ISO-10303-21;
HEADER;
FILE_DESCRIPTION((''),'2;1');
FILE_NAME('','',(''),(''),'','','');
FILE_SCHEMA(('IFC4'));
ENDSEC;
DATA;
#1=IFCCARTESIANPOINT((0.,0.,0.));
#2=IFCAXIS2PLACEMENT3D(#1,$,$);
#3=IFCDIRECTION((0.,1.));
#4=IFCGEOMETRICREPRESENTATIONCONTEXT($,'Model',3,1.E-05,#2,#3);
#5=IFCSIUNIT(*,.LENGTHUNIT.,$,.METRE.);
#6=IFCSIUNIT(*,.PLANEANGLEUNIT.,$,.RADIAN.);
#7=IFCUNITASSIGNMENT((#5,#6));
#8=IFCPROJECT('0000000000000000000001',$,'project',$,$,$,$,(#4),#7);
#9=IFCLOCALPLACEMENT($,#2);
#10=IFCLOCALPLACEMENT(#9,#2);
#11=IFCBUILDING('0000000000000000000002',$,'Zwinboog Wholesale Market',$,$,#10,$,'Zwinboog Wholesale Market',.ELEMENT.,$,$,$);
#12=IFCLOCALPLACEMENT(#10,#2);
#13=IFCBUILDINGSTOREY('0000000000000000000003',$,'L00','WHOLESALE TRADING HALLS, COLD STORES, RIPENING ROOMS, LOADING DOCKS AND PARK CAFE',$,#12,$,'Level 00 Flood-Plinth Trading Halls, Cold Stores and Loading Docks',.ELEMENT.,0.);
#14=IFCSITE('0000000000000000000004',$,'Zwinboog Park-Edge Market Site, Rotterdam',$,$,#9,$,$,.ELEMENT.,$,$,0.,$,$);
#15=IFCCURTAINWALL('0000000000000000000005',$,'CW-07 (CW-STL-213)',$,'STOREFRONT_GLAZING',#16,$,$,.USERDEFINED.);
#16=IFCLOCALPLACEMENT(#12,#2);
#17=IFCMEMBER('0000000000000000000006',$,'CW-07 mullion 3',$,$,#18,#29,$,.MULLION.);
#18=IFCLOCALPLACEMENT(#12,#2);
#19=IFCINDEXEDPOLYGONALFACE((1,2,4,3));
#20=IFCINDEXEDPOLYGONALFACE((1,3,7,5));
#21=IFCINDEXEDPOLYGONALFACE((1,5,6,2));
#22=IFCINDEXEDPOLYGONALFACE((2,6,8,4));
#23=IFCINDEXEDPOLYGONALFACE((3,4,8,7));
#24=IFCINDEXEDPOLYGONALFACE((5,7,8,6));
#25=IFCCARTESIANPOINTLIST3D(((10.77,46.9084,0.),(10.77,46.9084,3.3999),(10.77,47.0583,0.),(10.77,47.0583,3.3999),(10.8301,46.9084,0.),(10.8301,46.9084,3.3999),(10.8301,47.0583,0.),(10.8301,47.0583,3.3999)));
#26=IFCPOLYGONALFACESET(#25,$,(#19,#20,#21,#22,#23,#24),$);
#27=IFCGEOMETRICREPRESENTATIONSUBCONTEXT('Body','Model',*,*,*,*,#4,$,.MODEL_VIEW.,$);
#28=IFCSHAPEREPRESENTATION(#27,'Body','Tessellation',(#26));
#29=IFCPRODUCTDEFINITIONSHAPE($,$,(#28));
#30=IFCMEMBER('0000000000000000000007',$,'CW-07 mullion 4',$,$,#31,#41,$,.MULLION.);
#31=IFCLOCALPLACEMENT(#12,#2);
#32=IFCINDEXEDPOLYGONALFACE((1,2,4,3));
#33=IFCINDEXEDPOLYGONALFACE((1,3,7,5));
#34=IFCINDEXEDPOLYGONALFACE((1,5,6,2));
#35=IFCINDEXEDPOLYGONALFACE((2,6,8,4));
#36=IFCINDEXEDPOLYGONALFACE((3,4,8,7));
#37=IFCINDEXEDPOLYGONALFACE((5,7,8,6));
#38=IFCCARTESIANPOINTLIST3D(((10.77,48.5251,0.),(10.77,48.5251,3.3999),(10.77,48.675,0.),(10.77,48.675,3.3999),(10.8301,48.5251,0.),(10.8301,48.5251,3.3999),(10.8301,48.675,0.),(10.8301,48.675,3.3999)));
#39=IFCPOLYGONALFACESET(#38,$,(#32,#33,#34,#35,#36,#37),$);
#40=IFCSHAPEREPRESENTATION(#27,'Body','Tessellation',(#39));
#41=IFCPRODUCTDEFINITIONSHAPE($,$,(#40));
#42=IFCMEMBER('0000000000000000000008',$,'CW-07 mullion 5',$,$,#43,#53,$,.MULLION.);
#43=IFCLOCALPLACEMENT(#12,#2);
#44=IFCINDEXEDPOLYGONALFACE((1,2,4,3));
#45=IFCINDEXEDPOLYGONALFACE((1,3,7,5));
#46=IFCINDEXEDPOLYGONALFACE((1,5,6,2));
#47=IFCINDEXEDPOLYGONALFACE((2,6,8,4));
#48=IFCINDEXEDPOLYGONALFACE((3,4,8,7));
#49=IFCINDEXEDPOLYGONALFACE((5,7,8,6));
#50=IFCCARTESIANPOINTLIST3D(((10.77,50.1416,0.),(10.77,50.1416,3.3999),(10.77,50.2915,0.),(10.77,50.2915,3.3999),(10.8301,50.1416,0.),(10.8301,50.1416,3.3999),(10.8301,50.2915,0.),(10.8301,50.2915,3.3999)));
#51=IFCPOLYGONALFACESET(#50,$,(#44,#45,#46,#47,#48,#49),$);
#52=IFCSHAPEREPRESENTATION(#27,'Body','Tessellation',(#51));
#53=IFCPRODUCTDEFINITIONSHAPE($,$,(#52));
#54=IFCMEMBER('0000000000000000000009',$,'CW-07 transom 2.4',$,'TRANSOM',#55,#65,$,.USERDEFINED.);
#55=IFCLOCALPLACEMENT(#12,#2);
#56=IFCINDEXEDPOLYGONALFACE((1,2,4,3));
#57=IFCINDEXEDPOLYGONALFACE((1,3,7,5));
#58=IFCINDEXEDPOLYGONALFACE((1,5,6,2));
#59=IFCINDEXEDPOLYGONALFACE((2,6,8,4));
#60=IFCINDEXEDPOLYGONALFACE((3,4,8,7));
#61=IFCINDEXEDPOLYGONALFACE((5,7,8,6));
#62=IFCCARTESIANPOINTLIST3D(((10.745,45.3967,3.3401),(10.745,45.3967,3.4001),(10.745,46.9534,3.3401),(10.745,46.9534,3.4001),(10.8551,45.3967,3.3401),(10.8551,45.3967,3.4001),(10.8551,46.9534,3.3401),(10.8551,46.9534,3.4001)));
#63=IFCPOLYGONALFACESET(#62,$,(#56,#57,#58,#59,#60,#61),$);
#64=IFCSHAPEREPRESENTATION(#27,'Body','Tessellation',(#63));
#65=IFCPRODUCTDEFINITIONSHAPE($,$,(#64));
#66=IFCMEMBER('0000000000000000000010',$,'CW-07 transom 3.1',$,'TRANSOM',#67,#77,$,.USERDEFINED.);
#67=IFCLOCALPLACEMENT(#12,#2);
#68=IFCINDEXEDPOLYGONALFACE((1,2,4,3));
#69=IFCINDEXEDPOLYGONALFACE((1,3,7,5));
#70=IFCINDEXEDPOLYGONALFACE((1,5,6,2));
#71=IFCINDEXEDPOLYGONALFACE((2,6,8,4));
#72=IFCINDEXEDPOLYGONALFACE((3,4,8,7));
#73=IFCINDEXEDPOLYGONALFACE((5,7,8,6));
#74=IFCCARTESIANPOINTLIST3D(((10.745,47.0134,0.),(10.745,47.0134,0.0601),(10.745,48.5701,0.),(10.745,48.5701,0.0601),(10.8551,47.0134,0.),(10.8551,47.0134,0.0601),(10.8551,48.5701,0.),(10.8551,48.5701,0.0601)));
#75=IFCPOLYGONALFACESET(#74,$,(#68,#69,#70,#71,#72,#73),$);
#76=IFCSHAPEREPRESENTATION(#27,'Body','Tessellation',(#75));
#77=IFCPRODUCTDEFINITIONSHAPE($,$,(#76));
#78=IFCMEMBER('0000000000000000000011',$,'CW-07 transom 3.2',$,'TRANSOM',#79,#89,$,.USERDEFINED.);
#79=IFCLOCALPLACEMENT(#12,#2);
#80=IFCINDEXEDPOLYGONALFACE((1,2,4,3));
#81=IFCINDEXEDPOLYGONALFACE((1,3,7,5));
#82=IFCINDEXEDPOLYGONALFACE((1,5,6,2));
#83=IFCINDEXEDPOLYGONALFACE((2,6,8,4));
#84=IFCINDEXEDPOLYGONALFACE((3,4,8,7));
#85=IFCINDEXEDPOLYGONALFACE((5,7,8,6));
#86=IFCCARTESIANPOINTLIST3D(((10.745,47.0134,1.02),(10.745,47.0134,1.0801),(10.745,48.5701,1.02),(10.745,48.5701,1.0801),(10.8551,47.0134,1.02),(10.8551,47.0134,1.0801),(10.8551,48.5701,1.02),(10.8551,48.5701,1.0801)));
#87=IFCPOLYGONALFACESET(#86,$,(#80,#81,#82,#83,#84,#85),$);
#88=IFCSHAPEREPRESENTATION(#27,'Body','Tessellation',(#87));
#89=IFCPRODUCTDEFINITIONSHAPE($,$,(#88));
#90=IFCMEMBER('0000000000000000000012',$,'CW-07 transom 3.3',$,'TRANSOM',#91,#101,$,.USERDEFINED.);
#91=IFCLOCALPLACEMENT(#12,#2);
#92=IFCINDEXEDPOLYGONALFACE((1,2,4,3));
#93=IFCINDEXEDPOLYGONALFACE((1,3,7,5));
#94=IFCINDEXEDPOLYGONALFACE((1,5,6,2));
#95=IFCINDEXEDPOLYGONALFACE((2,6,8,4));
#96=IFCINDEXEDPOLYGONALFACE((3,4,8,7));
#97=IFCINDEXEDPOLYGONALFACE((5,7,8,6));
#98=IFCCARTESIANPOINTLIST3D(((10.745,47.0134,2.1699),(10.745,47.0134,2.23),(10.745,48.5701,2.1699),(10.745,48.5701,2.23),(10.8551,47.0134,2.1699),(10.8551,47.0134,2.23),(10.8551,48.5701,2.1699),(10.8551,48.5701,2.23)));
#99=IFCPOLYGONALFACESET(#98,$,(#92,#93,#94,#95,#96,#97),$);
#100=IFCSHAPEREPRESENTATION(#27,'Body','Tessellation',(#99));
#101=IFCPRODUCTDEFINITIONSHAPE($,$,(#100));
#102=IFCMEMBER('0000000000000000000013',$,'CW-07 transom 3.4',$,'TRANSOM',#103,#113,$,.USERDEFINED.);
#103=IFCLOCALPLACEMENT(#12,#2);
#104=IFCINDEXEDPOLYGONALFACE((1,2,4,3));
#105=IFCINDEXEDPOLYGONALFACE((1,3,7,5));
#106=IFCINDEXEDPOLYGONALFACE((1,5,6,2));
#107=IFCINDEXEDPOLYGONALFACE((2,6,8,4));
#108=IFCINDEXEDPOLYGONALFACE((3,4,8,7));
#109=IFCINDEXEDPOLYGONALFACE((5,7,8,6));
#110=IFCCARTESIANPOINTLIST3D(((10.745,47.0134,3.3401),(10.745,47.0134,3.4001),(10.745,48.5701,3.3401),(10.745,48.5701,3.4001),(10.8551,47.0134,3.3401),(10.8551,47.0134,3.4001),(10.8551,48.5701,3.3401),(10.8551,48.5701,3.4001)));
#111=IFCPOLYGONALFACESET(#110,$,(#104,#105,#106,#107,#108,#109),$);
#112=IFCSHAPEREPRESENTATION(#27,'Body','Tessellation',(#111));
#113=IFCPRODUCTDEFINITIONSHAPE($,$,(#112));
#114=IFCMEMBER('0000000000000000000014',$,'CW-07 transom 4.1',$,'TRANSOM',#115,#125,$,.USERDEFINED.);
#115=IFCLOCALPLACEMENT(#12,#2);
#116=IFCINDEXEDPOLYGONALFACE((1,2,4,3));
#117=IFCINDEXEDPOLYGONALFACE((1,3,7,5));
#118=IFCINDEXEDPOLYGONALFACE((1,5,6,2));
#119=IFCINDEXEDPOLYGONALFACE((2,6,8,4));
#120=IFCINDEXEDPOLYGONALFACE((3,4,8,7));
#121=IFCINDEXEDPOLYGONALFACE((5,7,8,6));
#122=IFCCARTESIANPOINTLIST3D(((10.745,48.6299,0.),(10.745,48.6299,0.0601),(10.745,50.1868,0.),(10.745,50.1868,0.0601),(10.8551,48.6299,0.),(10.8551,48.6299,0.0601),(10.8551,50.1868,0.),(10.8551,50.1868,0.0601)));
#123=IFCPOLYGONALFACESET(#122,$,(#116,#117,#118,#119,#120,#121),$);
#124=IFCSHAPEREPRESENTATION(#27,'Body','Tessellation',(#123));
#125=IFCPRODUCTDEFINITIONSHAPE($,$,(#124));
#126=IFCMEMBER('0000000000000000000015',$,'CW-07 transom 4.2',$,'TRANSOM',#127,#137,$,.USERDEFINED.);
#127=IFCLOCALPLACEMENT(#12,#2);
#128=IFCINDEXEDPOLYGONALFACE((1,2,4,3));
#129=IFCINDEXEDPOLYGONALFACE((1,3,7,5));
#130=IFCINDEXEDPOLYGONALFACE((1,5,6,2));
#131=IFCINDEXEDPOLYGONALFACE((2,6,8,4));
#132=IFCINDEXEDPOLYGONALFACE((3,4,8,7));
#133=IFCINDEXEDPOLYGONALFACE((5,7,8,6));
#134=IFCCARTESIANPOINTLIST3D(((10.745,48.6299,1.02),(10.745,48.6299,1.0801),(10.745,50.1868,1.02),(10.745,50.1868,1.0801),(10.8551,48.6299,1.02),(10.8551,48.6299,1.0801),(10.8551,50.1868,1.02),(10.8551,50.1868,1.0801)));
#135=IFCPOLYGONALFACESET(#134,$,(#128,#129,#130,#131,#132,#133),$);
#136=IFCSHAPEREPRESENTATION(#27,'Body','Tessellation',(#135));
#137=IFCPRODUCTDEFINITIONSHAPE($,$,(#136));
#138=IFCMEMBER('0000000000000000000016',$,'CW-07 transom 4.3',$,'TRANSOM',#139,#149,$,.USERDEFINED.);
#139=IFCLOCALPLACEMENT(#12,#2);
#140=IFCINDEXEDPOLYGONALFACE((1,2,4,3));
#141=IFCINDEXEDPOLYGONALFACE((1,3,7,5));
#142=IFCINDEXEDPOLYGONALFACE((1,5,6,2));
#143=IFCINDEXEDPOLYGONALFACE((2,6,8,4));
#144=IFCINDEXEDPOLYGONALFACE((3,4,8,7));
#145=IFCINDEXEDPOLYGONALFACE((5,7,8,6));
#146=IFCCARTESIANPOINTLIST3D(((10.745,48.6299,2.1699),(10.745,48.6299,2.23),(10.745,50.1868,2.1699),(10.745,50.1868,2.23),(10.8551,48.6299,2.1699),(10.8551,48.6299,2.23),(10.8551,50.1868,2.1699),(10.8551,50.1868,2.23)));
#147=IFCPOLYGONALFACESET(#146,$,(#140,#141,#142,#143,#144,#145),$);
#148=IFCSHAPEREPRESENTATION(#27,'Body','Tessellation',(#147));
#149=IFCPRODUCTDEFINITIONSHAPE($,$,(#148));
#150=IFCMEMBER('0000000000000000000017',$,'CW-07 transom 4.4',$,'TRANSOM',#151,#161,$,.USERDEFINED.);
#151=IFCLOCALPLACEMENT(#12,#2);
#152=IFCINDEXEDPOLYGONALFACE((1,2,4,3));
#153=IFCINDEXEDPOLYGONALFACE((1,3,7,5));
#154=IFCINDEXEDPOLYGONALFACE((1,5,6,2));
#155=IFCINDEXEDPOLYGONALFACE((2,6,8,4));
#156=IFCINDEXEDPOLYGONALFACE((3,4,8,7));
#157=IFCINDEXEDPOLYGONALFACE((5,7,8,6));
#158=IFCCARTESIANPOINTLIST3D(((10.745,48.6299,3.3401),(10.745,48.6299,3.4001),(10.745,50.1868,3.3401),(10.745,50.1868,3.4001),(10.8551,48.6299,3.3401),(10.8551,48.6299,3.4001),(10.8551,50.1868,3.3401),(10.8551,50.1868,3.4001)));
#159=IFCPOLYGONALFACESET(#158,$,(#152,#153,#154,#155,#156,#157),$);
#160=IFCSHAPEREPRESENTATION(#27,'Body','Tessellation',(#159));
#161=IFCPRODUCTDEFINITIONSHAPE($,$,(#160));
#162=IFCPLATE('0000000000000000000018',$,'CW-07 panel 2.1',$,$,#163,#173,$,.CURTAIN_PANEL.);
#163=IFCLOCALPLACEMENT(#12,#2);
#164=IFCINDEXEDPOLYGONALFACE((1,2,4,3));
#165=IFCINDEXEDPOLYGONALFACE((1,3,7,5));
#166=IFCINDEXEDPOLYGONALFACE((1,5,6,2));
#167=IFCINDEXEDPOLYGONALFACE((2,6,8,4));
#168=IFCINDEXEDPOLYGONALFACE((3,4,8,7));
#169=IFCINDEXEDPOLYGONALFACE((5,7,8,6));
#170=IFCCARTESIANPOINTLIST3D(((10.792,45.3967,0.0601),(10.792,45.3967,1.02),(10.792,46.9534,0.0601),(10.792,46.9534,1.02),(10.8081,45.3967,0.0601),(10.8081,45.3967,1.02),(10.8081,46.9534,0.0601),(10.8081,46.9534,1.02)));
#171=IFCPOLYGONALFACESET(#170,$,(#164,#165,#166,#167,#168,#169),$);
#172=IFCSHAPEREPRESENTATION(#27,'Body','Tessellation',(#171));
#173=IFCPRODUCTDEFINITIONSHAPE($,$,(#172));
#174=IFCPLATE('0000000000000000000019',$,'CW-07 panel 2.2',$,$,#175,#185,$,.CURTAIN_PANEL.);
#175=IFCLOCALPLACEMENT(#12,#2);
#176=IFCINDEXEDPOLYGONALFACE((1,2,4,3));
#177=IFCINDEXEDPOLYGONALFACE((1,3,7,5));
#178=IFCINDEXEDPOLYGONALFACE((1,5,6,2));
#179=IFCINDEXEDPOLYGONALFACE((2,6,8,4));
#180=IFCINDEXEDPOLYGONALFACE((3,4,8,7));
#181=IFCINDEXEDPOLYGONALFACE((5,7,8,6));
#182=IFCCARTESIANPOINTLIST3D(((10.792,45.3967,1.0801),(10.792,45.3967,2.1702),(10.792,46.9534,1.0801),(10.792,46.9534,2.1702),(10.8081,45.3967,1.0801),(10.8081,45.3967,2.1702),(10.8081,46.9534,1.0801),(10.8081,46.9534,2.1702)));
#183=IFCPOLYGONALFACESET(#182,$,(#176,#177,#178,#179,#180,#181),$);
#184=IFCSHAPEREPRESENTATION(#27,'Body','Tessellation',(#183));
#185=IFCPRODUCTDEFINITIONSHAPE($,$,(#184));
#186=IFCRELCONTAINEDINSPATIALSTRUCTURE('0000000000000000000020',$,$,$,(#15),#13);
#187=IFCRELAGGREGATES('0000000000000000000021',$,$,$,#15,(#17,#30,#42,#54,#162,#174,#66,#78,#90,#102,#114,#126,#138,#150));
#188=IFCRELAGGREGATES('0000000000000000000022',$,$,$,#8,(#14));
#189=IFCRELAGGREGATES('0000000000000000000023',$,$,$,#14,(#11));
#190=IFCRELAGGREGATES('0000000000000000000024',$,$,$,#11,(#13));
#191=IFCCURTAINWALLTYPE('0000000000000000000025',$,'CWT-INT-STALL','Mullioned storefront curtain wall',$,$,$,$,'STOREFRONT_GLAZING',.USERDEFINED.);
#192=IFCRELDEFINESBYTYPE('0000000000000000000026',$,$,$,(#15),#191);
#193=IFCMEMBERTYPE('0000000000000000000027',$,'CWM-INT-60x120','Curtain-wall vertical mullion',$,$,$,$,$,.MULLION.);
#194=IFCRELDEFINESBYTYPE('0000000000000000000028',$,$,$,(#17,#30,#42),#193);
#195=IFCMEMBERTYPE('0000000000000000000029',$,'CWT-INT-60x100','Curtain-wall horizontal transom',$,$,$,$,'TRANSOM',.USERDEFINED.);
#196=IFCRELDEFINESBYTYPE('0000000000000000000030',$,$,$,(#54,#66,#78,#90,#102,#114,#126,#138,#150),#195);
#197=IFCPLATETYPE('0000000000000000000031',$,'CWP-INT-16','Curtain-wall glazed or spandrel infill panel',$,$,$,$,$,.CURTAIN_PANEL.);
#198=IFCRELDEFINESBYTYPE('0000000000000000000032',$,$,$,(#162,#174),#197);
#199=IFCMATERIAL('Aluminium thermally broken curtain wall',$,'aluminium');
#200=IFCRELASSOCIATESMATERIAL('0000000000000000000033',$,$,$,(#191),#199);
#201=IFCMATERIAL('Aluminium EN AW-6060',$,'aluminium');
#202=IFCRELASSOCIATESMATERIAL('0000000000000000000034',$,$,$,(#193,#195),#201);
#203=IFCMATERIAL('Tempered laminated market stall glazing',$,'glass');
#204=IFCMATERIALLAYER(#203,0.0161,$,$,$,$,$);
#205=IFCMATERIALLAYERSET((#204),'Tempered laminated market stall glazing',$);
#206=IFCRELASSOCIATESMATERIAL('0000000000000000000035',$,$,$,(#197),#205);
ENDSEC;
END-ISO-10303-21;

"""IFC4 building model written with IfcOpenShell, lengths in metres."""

from ifc_helpers import new_model, si_unit, direction, frame, origin, origin_2d, place, context, subcontext, project, spatial, rectangle, extrude, material, layer, layer_set, material_profile, profile_set, type_object, element, aggregate, save


model = new_model("IFC4")

# Units and contexts
model_context = context("Model", 3, precision=1e-05, world=origin(), true_north=direction((0.0, 1.0)))
body_context = subcontext(model_context, "Body", "Model", "MODEL_VIEW")
ifc_project = project(units=[si_unit("LENGTHUNIT", "METRE"), si_unit("PLANEANGLEUNIT", "RADIAN")], contexts=[model_context])

# Site, building, storey
site_placement = place(None, origin())
site = spatial("IfcSite", under=ifc_project, at=site_placement, Name="Zwinboog Park-Edge Market Site, Rotterdam", CompositionType="ELEMENT", RefElevation=0.0)
building_placement = place(site_placement, origin())
building = spatial("IfcBuilding", under=site, at=building_placement, Name="Zwinboog Wholesale Market", LongName="Zwinboog Wholesale Market", CompositionType="ELEMENT")
storey_placement = place(building_placement, origin())
storey = spatial("IfcBuildingStorey", under=building, at=storey_placement, Name="L00", Description="WHOLESALE TRADING HALLS, COLD STORES, RIPENING ROOMS, LOADING DOCKS AND PARK CAFE", LongName="Level 00 Flood-Plinth Trading Halls, Cold Stores and Loading Docks", CompositionType="ELEMENT", Elevation=0.0)

# Curtain wall, members, plates
ifc_material_1 = material(Name="Aluminium thermally broken curtain wall", Category="aluminium")
curtain_wall_type = type_object("IfcCurtainWallType", Name="CWT-INT-STALL", Description="Mullioned storefront curtain wall", ElementType="STOREFRONT_GLAZING", PredefinedType="USERDEFINED", material=ifc_material_1)
curtain_wall_placement = place(storey_placement, origin())
curtain_wall = element("IfcCurtainWall", 1, at=curtain_wall_placement, inside=storey, type_object=curtain_wall_type, Name="CW-07 (CW-STL-213)", ObjectType="STOREFRONT_GLAZING", PredefinedType="USERDEFINED")
ifc_material_2 = material(Name="Aluminium EN AW-6060", Category="aluminium")
ifc_material_profile_1 = material_profile(ifc_material_2, rectangle(XDim=0.0601, YDim=0.1499, at=origin_2d()), Name="AL 60x150")
ifc_profile_set_1 = profile_set([ifc_material_profile_1], Name="Aluminium EN AW-6060")
member_type_1 = type_object("IfcMemberType", Name="CWM-INT-60x120", Description="Curtain-wall vertical mullion", PredefinedType="MULLION", material=ifc_profile_set_1)
member_1_placement = place(storey_placement, frame((10.8, 46.9834, 0.0), z_axis=(0.0, 0.0, 1.0), x_axis=(-1.0, 0.0, 0.0)))
member_1 = element("IfcMember", 2, at=member_1_placement, type_object=member_type_1, Name="CW-07 mullion 3", PredefinedType="MULLION", context=body_context, shape_type="SweptSolid", body=[
    extrude(rectangle(XDim=0.0601, YDim=0.1499, at=origin_2d()), origin(), (0.0, 0.0, 1.0), 3.3999),
])
member_2_placement = place(storey_placement, frame((10.8, 48.6001, 0.0), z_axis=(0.0, 0.0, 1.0), x_axis=(-1.0, 0.0, 0.0)))
member_2 = element("IfcMember", 3, at=member_2_placement, type_object=member_type_1, Name="CW-07 mullion 4", PredefinedType="MULLION", context=body_context, shape_type="SweptSolid", body=[
    extrude(rectangle(XDim=0.0601, YDim=0.1499, at=origin_2d()), origin(), (0.0, 0.0, 1.0), 3.3999),
])
member_3_placement = place(storey_placement, frame((10.8, 50.2166, 0.0), z_axis=(0.0, 0.0, 1.0), x_axis=(-1.0, 0.0, 0.0)))
member_3 = element("IfcMember", 4, at=member_3_placement, type_object=member_type_1, Name="CW-07 mullion 5", PredefinedType="MULLION", context=body_context, shape_type="SweptSolid", body=[
    extrude(rectangle(XDim=0.0601, YDim=0.1499, at=origin_2d()), origin(), (0.0, 0.0, 1.0), 3.3999),
])
ifc_material_profile_2 = material_profile(ifc_material_2, rectangle(XDim=0.1101, YDim=0.0601, at=origin_2d()), Name="AL 60x110")
ifc_profile_set_2 = profile_set([ifc_material_profile_2], Name="Aluminium EN AW-6060")
member_type_2 = type_object("IfcMemberType", Name="CWT-INT-60x100", Description="Curtain-wall horizontal transom", ElementType="TRANSOM", PredefinedType="USERDEFINED", material=ifc_profile_set_2)
member_4_placement = place(storey_placement, frame((10.8, 45.3967, 3.3701), z_axis=(0.0, 1.0, 0.0), x_axis=(-1.0, 0.0, 0.0)))
member_4 = element("IfcMember", 5, at=member_4_placement, type_object=member_type_2, Name="CW-07 transom 2.4", ObjectType="TRANSOM", PredefinedType="USERDEFINED", context=body_context, shape_type="SweptSolid", body=[
    extrude(rectangle(XDim=0.1101, YDim=0.0601, at=origin_2d()), origin(), (0.0, 0.0, 1.0), 1.5566),
])
member_5_placement = place(storey_placement, frame((10.8, 47.0134, 0.03), z_axis=(0.0, 1.0, 0.0), x_axis=(-1.0, 0.0, 0.0)))
member_5 = element("IfcMember", 6, at=member_5_placement, type_object=member_type_2, Name="CW-07 transom 3.1", ObjectType="TRANSOM", PredefinedType="USERDEFINED", context=body_context, shape_type="SweptSolid", body=[
    extrude(rectangle(XDim=0.1101, YDim=0.0601, at=origin_2d()), origin(), (0.0, 0.0, 1.0), 1.5566),
])
member_6_placement = place(storey_placement, frame((10.8, 47.0134, 1.05), z_axis=(0.0, 1.0, 0.0), x_axis=(-1.0, 0.0, 0.0)))
member_6 = element("IfcMember", 7, at=member_6_placement, type_object=member_type_2, Name="CW-07 transom 3.2", ObjectType="TRANSOM", PredefinedType="USERDEFINED", context=body_context, shape_type="SweptSolid", body=[
    extrude(rectangle(XDim=0.1101, YDim=0.0601, at=origin_2d()), origin(), (0.0, 0.0, 1.0), 1.5566),
])
member_7_placement = place(storey_placement, frame((10.8, 47.0134, 2.2), z_axis=(0.0, 1.0, 0.0), x_axis=(-1.0, 0.0, 0.0)))
member_7 = element("IfcMember", 8, at=member_7_placement, type_object=member_type_2, Name="CW-07 transom 3.3", ObjectType="TRANSOM", PredefinedType="USERDEFINED", context=body_context, shape_type="SweptSolid", body=[
    extrude(rectangle(XDim=0.1101, YDim=0.0601, at=origin_2d()), origin(), (0.0, 0.0, 1.0), 1.5566),
])
member_8_placement = place(storey_placement, frame((10.8, 47.0134, 3.3701), z_axis=(0.0, 1.0, 0.0), x_axis=(-1.0, 0.0, 0.0)))
member_8 = element("IfcMember", 9, at=member_8_placement, type_object=member_type_2, Name="CW-07 transom 3.4", ObjectType="TRANSOM", PredefinedType="USERDEFINED", context=body_context, shape_type="SweptSolid", body=[
    extrude(rectangle(XDim=0.1101, YDim=0.0601, at=origin_2d()), origin(), (0.0, 0.0, 1.0), 1.5566),
])
member_9_placement = place(storey_placement, frame((10.8, 48.6299, 0.03), z_axis=(0.0, 1.0, 0.0), x_axis=(-1.0, 0.0, 0.0)))
member_9 = element("IfcMember", 10, at=member_9_placement, type_object=member_type_2, Name="CW-07 transom 4.1", ObjectType="TRANSOM", PredefinedType="USERDEFINED", context=body_context, shape_type="SweptSolid", body=[
    extrude(rectangle(XDim=0.1101, YDim=0.0601, at=origin_2d()), origin(), (0.0, 0.0, 1.0), 1.5569),
])
member_10_placement = place(storey_placement, frame((10.8, 48.6299, 1.05), z_axis=(0.0, 1.0, 0.0), x_axis=(-1.0, 0.0, 0.0)))
member_10 = element("IfcMember", 11, at=member_10_placement, type_object=member_type_2, Name="CW-07 transom 4.2", ObjectType="TRANSOM", PredefinedType="USERDEFINED", context=body_context, shape_type="SweptSolid", body=[
    extrude(rectangle(XDim=0.1101, YDim=0.0601, at=origin_2d()), origin(), (0.0, 0.0, 1.0), 1.5569),
])
member_11_placement = place(storey_placement, frame((10.8, 48.6299, 2.2), z_axis=(0.0, 1.0, 0.0), x_axis=(-1.0, 0.0, 0.0)))
member_11 = element("IfcMember", 12, at=member_11_placement, type_object=member_type_2, Name="CW-07 transom 4.3", ObjectType="TRANSOM", PredefinedType="USERDEFINED", context=body_context, shape_type="SweptSolid", body=[
    extrude(rectangle(XDim=0.1101, YDim=0.0601, at=origin_2d()), origin(), (0.0, 0.0, 1.0), 1.5569),
])
member_12_placement = place(storey_placement, frame((10.8, 48.6299, 3.3701), z_axis=(0.0, 1.0, 0.0), x_axis=(-1.0, 0.0, 0.0)))
member_12 = element("IfcMember", 13, at=member_12_placement, type_object=member_type_2, Name="CW-07 transom 4.4", ObjectType="TRANSOM", PredefinedType="USERDEFINED", context=body_context, shape_type="SweptSolid", body=[
    extrude(rectangle(XDim=0.1101, YDim=0.0601, at=origin_2d()), origin(), (0.0, 0.0, 1.0), 1.5569),
])
ifc_material_3 = material(Name="Tempered laminated market stall glazing", Category="glass")
ifc_layer = layer(ifc_material_3, 0.0161)
ifc_layer_set = layer_set([ifc_layer], Name="Tempered laminated market stall glazing")
plate_type = type_object("IfcPlateType", Name="CWP-INT-16", Description="Curtain-wall glazed or spandrel infill panel", PredefinedType="CURTAIN_PANEL", material=ifc_layer_set)
plate_1_placement = place(storey_placement, frame((10.8, 46.175, 0.0601), z_axis=(0.0, 0.0, 1.0), x_axis=(0.0, 1.0, 0.0)))
plate_1 = element("IfcPlate", 14, at=plate_1_placement, type_object=plate_type, Name="CW-07 panel 2.1", PredefinedType="CURTAIN_PANEL", context=body_context, shape_type="SweptSolid", body=[
    extrude(rectangle(XDim=1.5566, YDim=0.0161, at=origin_2d()), origin(), (0.0, 0.0, 1.0), 0.96),
])
plate_2_placement = place(storey_placement, frame((10.8, 46.175, 1.0801), z_axis=(0.0, 0.0, 1.0), x_axis=(0.0, 1.0, 0.0)))
plate_2 = element("IfcPlate", 15, at=plate_2_placement, type_object=plate_type, Name="CW-07 panel 2.2", PredefinedType="CURTAIN_PANEL", context=body_context, shape_type="SweptSolid", body=[
    extrude(rectangle(XDim=1.5566, YDim=0.0161, at=origin_2d()), origin(), (0.0, 0.0, 1.0), 1.0901),
])
aggregate(curtain_wall, [member_1, member_2, member_3, member_4, plate_1, plate_2, member_5, member_6, member_7, member_8, member_9, member_10, member_11, member_12])

save(model, "model.ifc")
